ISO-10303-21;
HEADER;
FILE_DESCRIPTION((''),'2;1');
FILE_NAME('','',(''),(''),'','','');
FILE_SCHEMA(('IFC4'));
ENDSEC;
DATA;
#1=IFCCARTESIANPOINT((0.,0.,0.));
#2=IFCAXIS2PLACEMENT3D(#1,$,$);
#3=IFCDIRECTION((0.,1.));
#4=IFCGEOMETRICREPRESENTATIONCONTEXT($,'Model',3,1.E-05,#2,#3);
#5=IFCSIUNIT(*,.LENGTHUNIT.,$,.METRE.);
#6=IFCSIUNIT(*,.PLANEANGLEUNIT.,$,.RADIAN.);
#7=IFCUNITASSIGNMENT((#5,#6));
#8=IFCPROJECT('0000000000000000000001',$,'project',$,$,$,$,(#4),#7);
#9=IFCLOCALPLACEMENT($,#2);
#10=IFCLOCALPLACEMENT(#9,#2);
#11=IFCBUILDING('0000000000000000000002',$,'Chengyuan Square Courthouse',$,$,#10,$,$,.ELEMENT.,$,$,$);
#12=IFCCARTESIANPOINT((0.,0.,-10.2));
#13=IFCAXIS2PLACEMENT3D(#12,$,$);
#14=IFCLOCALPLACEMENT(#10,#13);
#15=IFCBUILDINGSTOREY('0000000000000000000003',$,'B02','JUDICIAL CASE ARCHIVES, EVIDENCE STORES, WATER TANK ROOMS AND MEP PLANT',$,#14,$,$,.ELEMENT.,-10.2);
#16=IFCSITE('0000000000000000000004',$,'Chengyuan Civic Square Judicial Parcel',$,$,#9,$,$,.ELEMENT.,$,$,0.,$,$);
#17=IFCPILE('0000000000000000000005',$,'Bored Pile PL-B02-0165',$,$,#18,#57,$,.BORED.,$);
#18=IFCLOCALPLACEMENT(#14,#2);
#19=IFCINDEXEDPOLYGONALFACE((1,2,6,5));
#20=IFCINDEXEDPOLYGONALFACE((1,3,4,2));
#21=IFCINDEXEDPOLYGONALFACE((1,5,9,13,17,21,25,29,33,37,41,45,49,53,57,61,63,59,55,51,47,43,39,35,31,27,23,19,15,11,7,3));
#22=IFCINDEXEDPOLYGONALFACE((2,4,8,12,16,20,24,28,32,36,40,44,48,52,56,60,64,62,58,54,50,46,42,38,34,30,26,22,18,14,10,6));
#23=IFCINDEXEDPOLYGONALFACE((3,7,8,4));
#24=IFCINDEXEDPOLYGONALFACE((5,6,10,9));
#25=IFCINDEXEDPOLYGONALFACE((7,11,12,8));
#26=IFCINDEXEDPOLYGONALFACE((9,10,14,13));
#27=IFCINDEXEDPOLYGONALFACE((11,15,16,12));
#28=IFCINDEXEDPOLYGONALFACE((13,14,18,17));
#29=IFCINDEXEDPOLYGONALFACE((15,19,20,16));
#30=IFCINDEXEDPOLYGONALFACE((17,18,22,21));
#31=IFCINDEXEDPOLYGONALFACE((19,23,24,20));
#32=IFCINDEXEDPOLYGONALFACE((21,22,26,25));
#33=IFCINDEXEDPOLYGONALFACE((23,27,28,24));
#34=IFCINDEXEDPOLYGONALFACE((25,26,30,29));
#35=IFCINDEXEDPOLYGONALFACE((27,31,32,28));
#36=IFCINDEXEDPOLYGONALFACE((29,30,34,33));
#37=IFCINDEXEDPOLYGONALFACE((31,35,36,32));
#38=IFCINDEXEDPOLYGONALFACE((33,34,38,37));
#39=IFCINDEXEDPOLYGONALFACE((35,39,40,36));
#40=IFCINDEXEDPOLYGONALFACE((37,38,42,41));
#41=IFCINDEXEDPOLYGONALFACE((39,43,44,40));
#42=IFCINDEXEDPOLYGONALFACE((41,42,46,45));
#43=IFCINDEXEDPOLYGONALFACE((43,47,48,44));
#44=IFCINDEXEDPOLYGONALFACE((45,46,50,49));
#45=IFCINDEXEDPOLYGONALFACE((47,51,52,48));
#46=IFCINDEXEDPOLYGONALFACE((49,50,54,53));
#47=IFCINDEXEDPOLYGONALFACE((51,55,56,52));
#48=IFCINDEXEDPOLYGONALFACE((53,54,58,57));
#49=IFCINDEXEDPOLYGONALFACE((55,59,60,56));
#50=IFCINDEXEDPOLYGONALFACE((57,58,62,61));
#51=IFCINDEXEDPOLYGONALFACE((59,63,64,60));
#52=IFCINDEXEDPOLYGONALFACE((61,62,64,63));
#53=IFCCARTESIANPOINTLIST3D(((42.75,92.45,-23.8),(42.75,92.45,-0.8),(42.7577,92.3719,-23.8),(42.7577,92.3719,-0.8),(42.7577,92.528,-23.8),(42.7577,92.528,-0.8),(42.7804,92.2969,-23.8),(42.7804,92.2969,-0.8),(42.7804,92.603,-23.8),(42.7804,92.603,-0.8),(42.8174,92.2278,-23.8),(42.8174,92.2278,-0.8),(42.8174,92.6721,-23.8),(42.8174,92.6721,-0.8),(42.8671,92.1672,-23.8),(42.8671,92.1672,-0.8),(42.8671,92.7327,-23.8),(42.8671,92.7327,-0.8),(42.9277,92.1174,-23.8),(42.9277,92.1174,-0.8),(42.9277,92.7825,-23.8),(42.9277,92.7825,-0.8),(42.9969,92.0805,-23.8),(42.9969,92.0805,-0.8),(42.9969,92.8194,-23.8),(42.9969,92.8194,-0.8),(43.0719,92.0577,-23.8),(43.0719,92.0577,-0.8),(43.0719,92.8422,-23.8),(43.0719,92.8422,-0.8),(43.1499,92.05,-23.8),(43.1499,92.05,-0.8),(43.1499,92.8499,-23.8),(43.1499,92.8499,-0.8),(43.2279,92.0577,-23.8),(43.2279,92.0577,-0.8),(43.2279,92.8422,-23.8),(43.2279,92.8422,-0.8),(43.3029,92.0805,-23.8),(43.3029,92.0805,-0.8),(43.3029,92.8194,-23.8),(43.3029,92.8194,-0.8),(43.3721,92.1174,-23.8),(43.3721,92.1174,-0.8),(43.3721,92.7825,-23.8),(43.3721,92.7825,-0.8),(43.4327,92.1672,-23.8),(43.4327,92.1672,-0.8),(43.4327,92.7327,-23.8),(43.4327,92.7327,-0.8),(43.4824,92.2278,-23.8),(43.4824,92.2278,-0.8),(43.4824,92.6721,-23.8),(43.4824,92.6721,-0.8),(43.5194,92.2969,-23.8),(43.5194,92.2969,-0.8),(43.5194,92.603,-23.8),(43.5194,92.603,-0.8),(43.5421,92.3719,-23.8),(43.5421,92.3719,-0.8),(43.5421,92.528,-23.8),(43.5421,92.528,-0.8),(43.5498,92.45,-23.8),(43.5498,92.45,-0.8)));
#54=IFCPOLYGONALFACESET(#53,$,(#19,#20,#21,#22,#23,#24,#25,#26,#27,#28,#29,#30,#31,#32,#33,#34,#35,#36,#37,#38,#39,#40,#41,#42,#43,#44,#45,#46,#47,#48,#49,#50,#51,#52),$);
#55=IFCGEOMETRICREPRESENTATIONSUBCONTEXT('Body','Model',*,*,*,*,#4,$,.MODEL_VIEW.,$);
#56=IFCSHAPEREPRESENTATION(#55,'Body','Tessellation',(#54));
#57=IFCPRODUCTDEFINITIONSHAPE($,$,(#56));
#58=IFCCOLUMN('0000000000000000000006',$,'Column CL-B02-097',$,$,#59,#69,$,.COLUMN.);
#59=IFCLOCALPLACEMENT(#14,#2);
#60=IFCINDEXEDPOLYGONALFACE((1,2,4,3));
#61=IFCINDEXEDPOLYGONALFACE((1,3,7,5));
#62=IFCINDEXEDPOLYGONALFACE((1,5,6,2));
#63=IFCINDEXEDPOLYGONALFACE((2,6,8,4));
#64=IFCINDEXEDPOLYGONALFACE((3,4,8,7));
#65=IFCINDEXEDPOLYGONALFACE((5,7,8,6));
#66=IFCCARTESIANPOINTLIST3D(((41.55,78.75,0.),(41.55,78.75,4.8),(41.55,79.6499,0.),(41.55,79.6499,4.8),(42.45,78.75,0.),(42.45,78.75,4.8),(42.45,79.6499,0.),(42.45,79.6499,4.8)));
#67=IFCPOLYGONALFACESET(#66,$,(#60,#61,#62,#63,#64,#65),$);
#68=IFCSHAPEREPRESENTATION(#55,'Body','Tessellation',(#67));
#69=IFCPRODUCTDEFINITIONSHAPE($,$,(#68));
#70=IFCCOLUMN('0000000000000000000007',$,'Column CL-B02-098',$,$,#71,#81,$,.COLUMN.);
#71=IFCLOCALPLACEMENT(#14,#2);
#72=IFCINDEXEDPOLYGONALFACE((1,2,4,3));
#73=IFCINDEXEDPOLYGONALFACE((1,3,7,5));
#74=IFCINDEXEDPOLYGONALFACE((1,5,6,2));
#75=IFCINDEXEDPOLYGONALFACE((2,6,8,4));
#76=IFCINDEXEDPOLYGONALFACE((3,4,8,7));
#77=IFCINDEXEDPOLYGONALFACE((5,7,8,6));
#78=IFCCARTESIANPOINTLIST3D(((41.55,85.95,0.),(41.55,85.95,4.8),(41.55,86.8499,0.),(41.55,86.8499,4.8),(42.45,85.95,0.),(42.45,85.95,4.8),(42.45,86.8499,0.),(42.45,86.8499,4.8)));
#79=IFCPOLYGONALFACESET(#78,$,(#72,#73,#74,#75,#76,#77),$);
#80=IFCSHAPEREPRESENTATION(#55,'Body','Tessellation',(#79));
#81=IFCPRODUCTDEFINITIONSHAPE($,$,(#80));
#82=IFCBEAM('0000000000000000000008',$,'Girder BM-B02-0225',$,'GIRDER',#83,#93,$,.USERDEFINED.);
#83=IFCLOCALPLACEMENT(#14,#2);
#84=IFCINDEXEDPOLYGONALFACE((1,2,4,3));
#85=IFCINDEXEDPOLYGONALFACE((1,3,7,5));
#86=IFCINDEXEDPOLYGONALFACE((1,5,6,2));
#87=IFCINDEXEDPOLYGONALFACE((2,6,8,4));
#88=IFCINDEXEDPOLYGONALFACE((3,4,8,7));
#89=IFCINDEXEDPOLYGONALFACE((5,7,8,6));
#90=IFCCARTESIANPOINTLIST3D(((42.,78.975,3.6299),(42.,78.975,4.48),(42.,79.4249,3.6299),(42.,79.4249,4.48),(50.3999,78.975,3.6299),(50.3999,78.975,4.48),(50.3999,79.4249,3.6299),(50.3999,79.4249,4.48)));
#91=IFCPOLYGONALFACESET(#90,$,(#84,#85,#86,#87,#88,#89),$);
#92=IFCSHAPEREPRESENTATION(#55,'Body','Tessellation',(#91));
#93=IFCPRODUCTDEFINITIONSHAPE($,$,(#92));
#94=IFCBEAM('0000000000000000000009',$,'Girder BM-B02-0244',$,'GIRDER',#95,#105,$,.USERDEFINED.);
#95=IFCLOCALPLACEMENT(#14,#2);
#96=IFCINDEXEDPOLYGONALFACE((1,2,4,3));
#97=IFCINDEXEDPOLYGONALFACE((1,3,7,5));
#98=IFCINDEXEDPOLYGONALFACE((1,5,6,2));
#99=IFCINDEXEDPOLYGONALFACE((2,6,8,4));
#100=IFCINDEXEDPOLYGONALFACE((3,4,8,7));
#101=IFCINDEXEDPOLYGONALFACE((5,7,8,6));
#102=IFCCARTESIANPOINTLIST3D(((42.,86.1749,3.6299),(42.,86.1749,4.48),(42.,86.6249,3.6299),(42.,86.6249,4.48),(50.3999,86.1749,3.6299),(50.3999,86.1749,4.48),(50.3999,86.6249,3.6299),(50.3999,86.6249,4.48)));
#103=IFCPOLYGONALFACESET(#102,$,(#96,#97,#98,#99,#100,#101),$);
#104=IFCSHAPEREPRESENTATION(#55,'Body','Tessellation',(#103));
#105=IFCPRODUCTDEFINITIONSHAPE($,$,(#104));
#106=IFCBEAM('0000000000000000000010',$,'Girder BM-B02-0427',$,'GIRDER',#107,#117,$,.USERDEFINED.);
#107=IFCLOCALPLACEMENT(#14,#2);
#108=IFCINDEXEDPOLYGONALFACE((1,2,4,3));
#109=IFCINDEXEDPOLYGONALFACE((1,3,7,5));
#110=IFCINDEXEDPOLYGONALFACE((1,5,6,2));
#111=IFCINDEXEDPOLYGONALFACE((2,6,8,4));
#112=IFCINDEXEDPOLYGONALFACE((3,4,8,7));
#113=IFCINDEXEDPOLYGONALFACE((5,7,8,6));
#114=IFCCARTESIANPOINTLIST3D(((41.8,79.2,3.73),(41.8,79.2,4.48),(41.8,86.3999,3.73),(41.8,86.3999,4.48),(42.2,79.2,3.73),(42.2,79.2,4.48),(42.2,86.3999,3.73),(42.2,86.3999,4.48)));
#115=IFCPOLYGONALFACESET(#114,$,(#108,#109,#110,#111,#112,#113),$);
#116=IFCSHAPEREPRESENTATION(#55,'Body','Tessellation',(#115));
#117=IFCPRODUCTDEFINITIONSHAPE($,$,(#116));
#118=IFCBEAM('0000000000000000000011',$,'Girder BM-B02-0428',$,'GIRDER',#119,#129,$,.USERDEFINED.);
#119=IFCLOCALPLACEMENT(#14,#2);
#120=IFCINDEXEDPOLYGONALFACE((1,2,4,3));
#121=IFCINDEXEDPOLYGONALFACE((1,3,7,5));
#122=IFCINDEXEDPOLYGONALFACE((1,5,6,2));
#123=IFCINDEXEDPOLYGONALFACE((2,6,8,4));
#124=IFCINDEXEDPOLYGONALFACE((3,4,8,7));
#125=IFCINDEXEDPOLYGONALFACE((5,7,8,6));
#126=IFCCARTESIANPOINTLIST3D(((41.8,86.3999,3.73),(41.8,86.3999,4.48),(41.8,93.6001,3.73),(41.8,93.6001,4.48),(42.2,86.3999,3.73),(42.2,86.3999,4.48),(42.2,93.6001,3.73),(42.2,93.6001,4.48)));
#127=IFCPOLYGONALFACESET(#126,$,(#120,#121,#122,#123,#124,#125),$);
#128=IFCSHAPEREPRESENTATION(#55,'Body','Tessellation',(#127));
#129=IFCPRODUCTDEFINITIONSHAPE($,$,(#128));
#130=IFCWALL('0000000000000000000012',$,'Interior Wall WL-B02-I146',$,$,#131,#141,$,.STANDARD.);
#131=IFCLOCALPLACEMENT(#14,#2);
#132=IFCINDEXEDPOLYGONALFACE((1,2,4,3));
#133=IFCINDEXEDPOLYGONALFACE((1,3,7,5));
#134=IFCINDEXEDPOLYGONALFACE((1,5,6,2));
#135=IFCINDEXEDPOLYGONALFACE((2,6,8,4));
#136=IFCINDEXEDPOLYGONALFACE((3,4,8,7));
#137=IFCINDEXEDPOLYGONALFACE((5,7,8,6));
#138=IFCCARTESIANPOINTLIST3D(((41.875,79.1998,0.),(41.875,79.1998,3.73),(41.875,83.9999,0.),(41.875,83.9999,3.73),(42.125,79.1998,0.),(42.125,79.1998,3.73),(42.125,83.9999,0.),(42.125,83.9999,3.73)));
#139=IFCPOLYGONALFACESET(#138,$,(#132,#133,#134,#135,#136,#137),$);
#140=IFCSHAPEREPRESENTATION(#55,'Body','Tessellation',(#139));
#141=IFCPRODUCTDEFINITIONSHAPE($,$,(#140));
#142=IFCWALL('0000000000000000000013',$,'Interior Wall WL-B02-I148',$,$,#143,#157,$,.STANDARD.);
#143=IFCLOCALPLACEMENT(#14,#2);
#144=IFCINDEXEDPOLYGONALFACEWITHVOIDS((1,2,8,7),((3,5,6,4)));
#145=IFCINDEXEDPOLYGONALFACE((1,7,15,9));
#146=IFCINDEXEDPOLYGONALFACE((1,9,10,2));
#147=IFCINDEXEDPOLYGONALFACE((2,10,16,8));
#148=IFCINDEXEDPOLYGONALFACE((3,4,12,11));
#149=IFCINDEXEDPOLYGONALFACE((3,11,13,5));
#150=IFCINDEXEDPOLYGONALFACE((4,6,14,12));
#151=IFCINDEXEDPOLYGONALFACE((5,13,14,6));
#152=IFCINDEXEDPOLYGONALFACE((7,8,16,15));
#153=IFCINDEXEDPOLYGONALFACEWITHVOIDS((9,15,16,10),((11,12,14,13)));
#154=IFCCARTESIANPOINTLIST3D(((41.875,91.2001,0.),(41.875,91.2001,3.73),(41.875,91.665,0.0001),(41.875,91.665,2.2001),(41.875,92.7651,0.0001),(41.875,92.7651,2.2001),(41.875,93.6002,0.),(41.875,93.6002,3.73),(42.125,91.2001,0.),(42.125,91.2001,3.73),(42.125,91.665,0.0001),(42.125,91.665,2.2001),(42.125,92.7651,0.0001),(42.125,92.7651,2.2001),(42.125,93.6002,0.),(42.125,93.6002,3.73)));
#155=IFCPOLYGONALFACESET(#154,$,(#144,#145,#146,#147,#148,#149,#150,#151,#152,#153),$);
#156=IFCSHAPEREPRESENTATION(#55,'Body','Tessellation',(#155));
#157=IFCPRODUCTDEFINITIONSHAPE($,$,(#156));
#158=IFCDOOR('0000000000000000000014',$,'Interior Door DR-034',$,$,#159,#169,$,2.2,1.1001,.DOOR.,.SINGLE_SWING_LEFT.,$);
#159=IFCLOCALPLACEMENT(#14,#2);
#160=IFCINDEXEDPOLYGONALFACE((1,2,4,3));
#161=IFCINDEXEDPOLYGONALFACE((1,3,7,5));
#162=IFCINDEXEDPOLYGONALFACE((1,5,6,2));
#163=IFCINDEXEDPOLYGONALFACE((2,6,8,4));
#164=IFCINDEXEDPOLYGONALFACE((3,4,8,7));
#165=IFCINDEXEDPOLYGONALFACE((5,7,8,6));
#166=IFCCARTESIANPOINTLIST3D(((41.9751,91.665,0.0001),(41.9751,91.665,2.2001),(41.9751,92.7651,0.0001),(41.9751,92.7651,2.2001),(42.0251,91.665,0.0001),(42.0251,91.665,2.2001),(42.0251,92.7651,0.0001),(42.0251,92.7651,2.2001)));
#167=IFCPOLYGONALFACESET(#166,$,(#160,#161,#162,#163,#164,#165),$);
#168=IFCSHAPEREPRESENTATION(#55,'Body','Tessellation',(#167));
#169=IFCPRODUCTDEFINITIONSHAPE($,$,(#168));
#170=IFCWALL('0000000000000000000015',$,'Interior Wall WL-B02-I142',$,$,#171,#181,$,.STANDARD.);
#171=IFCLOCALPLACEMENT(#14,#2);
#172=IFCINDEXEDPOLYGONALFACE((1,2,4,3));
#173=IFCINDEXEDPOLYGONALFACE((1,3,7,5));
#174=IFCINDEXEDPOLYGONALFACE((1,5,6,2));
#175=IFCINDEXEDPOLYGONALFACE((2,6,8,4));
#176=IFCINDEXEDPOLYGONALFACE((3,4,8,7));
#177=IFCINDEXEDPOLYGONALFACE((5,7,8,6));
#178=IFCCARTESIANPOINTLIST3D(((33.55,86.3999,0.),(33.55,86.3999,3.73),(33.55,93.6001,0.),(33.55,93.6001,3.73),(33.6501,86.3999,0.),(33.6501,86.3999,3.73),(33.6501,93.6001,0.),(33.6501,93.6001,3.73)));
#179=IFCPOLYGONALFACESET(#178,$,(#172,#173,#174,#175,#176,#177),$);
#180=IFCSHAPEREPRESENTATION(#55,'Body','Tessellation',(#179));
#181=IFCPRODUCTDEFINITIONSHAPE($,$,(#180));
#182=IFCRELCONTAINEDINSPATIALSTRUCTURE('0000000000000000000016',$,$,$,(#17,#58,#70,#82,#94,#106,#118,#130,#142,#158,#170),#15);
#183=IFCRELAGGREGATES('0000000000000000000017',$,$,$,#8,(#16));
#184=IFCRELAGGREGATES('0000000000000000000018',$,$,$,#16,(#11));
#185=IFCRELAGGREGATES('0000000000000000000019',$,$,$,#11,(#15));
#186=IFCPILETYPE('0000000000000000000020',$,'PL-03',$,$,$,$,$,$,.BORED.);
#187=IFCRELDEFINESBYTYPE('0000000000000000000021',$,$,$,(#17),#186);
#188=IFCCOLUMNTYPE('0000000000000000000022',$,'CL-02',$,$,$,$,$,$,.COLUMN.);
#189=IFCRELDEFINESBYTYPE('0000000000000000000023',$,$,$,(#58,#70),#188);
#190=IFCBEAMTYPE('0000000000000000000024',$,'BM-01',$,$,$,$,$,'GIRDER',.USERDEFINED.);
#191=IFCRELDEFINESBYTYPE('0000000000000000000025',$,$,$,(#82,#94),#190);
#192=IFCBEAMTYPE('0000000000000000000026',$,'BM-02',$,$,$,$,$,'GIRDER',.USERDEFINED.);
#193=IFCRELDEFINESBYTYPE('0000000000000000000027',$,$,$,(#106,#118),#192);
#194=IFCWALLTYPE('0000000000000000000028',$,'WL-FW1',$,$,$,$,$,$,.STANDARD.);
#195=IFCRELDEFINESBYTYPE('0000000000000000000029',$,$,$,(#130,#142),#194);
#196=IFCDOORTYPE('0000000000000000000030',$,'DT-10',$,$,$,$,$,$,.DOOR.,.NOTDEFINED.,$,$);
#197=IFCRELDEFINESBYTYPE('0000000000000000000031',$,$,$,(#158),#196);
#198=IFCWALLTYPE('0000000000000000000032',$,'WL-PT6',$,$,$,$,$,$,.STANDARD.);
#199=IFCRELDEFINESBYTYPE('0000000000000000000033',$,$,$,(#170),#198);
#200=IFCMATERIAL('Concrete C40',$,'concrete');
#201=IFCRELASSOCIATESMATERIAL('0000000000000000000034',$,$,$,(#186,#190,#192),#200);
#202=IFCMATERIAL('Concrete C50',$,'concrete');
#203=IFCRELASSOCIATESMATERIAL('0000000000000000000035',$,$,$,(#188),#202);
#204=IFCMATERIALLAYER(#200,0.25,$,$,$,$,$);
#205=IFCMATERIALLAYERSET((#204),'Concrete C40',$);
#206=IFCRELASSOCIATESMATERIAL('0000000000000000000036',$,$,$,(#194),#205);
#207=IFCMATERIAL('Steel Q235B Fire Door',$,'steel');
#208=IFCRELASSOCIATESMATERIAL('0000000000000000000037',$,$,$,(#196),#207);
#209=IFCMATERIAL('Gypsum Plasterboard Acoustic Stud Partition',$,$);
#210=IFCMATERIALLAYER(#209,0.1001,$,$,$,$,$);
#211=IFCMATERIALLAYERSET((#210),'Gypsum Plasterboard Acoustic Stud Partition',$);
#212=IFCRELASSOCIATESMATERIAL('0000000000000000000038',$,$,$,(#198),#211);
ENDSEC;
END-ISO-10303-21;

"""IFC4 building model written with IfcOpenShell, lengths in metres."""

from ifc_helpers import new_model, si_unit, direction, frame, frame_2d, origin, origin_2d, place, context, subcontext, project, spatial, rectangle, circle, extrude, material, layer, layer_set, material_profile, profile_set, type_object, element, fill, save


model = new_model("IFC4")

# Units and contexts
model_context = context("Model", 3, precision=1e-05, world=origin(), true_north=direction((0.0, 1.0)))
body_context = subcontext(model_context, "Body", "Model", "MODEL_VIEW")
ifc_project = project(units=[si_unit("LENGTHUNIT", "METRE"), si_unit("PLANEANGLEUNIT", "RADIAN")], contexts=[model_context])

# Site, building, storey
site_placement = place(None, origin())
site = spatial("IfcSite", under=ifc_project, at=site_placement, Name="Chengyuan Civic Square Judicial Parcel", CompositionType="ELEMENT", RefElevation=0.0)
building_placement = place(site_placement, origin())
building = spatial("IfcBuilding", under=site, at=building_placement, Name="Chengyuan Square Courthouse", CompositionType="ELEMENT")
storey_placement = place(building_placement, frame((0.0, 0.0, -10.2)))
storey = spatial("IfcBuildingStorey", under=building, at=storey_placement, Name="B02", Description="JUDICIAL CASE ARCHIVES, EVIDENCE STORES, WATER TANK ROOMS AND MEP PLANT", CompositionType="ELEMENT", Elevation=-10.2)

# Shared definitions
ifc_material_1 = material(Name="Concrete C40", Category="concrete")

# Pile
ifc_material_profile_1 = material_profile(ifc_material_1, circle(Radius=0.3999, at=origin_2d()), Name="BORED PILE D800")
ifc_profile_set_1 = profile_set([ifc_material_profile_1], Name="Concrete C40")
pile_type_1 = type_object("IfcPileType", Name="PL-03", PredefinedType="BORED", material=ifc_profile_set_1)
for number, where, z_axis, x_axis, name in (
    (1, (43.1499, 92.45, -0.8), (0.0, 0.0, -1.0), (1.0, 0.0, 0.0), "Bored Pile PL-B02-0165"),
):
    element("IfcPile", number, at=place(storey_placement, frame(where, z_axis=z_axis, x_axis=x_axis)), inside=storey, type_object=pile_type_1, Name=name, PredefinedType="BORED", context=body_context, shape_type="SweptSolid", body=[
        extrude(circle(Radius=0.3999, at=origin_2d()), origin(), (0.0, 0.0, 1.0), 23.0),
    ])

# Columns
ifc_material_2 = material(Name="Concrete C50", Category="concrete")
ifc_material_profile_2 = material_profile(ifc_material_2, rectangle(XDim=0.8999, YDim=0.8999, at=origin_2d()), Name="RC-COL-900x900")
ifc_profile_set_2 = profile_set([ifc_material_profile_2], Name="Concrete C50")
column_type = type_object("IfcColumnType", Name="CL-02", PredefinedType="COLUMN", material=ifc_profile_set_2)
for number, where, z_axis, x_axis, name in (
    (2, (42.0, 79.2, 0.0), (0.0, 0.0, 1.0), (1.0, 0.0, 0.0), "Column CL-B02-097"),
    (3, (42.0, 86.3999, 0.0), (0.0, 0.0, 1.0), (1.0, 0.0, 0.0), "Column CL-B02-098"),
):
    element("IfcColumn", number, at=place(storey_placement, frame(where, z_axis=z_axis, x_axis=x_axis)), inside=storey, type_object=column_type, Name=name, PredefinedType="COLUMN", context=body_context, shape_type="SweptSolid", body=[
        extrude(rectangle(XDim=0.8999, YDim=0.8999, at=origin_2d()), origin(), (0.0, 0.0, 1.0), 4.8),
    ])

# Beams
ifc_material_profile_3 = material_profile(ifc_material_1, rectangle(XDim=0.45, YDim=0.8501, at=origin_2d()), Name="RC-BM-450x850")
ifc_profile_set_3 = profile_set([ifc_material_profile_3], Name="Concrete C40")
beam_type_1 = type_object("IfcBeamType", Name="BM-01", ElementType="GIRDER", PredefinedType="USERDEFINED", material=ifc_profile_set_3)
for number, where, z_axis, x_axis, name in (
    (4, (42.0, 79.2, 4.0549), (1.0, 0.0, 0.0), (0.0, 1.0, 0.0), "Girder BM-B02-0225"),
    (5, (42.0, 86.3999, 4.0549), (1.0, 0.0, 0.0), (0.0, 1.0, 0.0), "Girder BM-B02-0244"),
):
    element("IfcBeam", number, at=place(storey_placement, frame(where, z_axis=z_axis, x_axis=x_axis)), inside=storey, type_object=beam_type_1, Name=name, ObjectType="GIRDER", PredefinedType="USERDEFINED", context=body_context, shape_type="SweptSolid", body=[
        extrude(rectangle(XDim=0.45, YDim=0.8501, at=origin_2d()), origin(), (0.0, 0.0, 1.0), 8.3999),
    ])
ifc_material_profile_4 = material_profile(ifc_material_1, rectangle(XDim=0.3999, YDim=0.75, at=origin_2d()), Name="RC-BM-400x750")
ifc_profile_set_4 = profile_set([ifc_material_profile_4], Name="Concrete C40")
beam_type_2 = type_object("IfcBeamType", Name="BM-02", ElementType="GIRDER", PredefinedType="USERDEFINED", material=ifc_profile_set_4)
beam_1_placement = place(storey_placement, frame((42.0, 79.2, 4.105), z_axis=(0.0, 1.0, 0.0), x_axis=(-1.0, 0.0, 0.0)))
element("IfcBeam", 6, at=beam_1_placement, inside=storey, type_object=beam_type_2, Name="Girder BM-B02-0427", ObjectType="GIRDER", PredefinedType="USERDEFINED", context=body_context, shape_type="SweptSolid", body=[
    extrude(rectangle(XDim=0.3999, YDim=0.75, at=origin_2d()), origin(), (0.0, 0.0, 1.0), 7.2),
])
beam_2_placement = place(storey_placement, frame((42.0, 86.3999, 4.105), z_axis=(0.0, 1.0, 0.0), x_axis=(-1.0, 0.0, 0.0)))
element("IfcBeam", 7, at=beam_2_placement, inside=storey, type_object=beam_type_2, Name="Girder BM-B02-0428", ObjectType="GIRDER", PredefinedType="USERDEFINED", context=body_context, shape_type="SweptSolid", body=[
    extrude(rectangle(XDim=0.3999, YDim=0.75, at=origin_2d()), origin(), (0.0, 0.0, 1.0), 7.2002),
])

# Wall
ifc_layer_1 = layer(ifc_material_1, 0.25)
ifc_layer_set_1 = layer_set([ifc_layer_1], Name="Concrete C40")
wall_type_1 = type_object("IfcWallType", Name="WL-FW1", PredefinedType="STANDARD", material=ifc_layer_set_1)
wall_1_placement = place(storey_placement, frame((42.0, 79.2, 0.0), z_axis=(0.0, 0.0, 1.0), x_axis=(0.0, 1.0, 0.0)))
element("IfcWall", 8, at=wall_1_placement, inside=storey, type_object=wall_type_1, Name="Interior Wall WL-B02-I146", PredefinedType="STANDARD", context=body_context, shape_type="SweptSolid", body=[
    extrude(rectangle(XDim=4.8, YDim=0.25, at=frame_2d((2.3999, 0.0))), origin(), (0.0, 0.0, 1.0), 3.73),
])

# Wall, opening, door
wall_2_placement = place(storey_placement, frame((42.0, 91.2, 0.0), z_axis=(0.0, 0.0, 1.0), x_axis=(0.0, 1.0, 0.0)))
wall_2 = element("IfcWall", 9, at=wall_2_placement, inside=storey, type_object=wall_type_1, Name="Interior Wall WL-B02-I148", PredefinedType="STANDARD", context=body_context, shape_type="SweptSolid", body=[
    extrude(rectangle(XDim=2.4001, YDim=0.25, at=frame_2d((1.2002, 0.0))), origin(), (0.0, 0.0, 1.0), 3.73),
])
opening_1_placement = place(wall_2_placement, frame((0.4651, 0.0, 0.0)))
opening_1 = element("IfcOpeningElement", 10, at=opening_1_placement, cuts=wall_2, PredefinedType="OPENING", context=body_context, shape_type="SweptSolid", body=[
    extrude(rectangle(XDim=1.1001, YDim=2.2, at=frame_2d((0.55, 1.1001))), frame((0.0, 0.137, 0.0), z_axis=(0.0, -1.0, 0.0), x_axis=(1.0, 0.0, 0.0)), (0.0, 0.0, 1.0), 0.2739),
])
ifc_material_3 = material(Name="Steel Q235B Fire Door", Category="steel")
door_type = type_object("IfcDoorType", Name="DT-10", OperationType="NOTDEFINED", PredefinedType="DOOR", material=ifc_material_3)
door_1_placement = place(opening_1_placement, origin())
door_1 = element("IfcDoor", 11, at=door_1_placement, inside=storey, type_object=door_type, Name="Interior Door DR-034", OperationType="SINGLE_SWING_LEFT", OverallHeight=2.2, OverallWidth=1.1001, PredefinedType="DOOR", context=body_context, shape_type="SweptSolid", body=[
    extrude(rectangle(XDim=1.1001, YDim=2.2, at=frame_2d((0.55, 1.1001))), frame((0.0, 0.0249, 0.0), z_axis=(0.0, -1.0, 0.0), x_axis=(1.0, 0.0, 0.0)), (0.0, 0.0, 1.0), 0.05),
])
fill(opening_1, door_1)

# Wall
ifc_material_4 = material(Name="Gypsum Plasterboard Acoustic Stud Partition")
ifc_layer_2 = layer(ifc_material_4, 0.1001)
ifc_layer_set_2 = layer_set([ifc_layer_2], Name="Gypsum Plasterboard Acoustic Stud Partition")
wall_type_2 = type_object("IfcWallType", Name="WL-PT6", PredefinedType="STANDARD", material=ifc_layer_set_2)
wall_3_placement = place(storey_placement, frame((33.6001, 86.3999, 0.0), z_axis=(0.0, 0.0, 1.0), x_axis=(0.0, 1.0, 0.0)))
element("IfcWall", 12, at=wall_3_placement, inside=storey, type_object=wall_type_2, Name="Interior Wall WL-B02-I142", PredefinedType="STANDARD", context=body_context, shape_type="SweptSolid", body=[
    extrude(rectangle(XDim=7.2002, YDim=0.1001, at=frame_2d((3.6001, 0.0))), origin(), (0.0, 0.0, 1.0), 3.73),
])

save(model, "model.ifc")
